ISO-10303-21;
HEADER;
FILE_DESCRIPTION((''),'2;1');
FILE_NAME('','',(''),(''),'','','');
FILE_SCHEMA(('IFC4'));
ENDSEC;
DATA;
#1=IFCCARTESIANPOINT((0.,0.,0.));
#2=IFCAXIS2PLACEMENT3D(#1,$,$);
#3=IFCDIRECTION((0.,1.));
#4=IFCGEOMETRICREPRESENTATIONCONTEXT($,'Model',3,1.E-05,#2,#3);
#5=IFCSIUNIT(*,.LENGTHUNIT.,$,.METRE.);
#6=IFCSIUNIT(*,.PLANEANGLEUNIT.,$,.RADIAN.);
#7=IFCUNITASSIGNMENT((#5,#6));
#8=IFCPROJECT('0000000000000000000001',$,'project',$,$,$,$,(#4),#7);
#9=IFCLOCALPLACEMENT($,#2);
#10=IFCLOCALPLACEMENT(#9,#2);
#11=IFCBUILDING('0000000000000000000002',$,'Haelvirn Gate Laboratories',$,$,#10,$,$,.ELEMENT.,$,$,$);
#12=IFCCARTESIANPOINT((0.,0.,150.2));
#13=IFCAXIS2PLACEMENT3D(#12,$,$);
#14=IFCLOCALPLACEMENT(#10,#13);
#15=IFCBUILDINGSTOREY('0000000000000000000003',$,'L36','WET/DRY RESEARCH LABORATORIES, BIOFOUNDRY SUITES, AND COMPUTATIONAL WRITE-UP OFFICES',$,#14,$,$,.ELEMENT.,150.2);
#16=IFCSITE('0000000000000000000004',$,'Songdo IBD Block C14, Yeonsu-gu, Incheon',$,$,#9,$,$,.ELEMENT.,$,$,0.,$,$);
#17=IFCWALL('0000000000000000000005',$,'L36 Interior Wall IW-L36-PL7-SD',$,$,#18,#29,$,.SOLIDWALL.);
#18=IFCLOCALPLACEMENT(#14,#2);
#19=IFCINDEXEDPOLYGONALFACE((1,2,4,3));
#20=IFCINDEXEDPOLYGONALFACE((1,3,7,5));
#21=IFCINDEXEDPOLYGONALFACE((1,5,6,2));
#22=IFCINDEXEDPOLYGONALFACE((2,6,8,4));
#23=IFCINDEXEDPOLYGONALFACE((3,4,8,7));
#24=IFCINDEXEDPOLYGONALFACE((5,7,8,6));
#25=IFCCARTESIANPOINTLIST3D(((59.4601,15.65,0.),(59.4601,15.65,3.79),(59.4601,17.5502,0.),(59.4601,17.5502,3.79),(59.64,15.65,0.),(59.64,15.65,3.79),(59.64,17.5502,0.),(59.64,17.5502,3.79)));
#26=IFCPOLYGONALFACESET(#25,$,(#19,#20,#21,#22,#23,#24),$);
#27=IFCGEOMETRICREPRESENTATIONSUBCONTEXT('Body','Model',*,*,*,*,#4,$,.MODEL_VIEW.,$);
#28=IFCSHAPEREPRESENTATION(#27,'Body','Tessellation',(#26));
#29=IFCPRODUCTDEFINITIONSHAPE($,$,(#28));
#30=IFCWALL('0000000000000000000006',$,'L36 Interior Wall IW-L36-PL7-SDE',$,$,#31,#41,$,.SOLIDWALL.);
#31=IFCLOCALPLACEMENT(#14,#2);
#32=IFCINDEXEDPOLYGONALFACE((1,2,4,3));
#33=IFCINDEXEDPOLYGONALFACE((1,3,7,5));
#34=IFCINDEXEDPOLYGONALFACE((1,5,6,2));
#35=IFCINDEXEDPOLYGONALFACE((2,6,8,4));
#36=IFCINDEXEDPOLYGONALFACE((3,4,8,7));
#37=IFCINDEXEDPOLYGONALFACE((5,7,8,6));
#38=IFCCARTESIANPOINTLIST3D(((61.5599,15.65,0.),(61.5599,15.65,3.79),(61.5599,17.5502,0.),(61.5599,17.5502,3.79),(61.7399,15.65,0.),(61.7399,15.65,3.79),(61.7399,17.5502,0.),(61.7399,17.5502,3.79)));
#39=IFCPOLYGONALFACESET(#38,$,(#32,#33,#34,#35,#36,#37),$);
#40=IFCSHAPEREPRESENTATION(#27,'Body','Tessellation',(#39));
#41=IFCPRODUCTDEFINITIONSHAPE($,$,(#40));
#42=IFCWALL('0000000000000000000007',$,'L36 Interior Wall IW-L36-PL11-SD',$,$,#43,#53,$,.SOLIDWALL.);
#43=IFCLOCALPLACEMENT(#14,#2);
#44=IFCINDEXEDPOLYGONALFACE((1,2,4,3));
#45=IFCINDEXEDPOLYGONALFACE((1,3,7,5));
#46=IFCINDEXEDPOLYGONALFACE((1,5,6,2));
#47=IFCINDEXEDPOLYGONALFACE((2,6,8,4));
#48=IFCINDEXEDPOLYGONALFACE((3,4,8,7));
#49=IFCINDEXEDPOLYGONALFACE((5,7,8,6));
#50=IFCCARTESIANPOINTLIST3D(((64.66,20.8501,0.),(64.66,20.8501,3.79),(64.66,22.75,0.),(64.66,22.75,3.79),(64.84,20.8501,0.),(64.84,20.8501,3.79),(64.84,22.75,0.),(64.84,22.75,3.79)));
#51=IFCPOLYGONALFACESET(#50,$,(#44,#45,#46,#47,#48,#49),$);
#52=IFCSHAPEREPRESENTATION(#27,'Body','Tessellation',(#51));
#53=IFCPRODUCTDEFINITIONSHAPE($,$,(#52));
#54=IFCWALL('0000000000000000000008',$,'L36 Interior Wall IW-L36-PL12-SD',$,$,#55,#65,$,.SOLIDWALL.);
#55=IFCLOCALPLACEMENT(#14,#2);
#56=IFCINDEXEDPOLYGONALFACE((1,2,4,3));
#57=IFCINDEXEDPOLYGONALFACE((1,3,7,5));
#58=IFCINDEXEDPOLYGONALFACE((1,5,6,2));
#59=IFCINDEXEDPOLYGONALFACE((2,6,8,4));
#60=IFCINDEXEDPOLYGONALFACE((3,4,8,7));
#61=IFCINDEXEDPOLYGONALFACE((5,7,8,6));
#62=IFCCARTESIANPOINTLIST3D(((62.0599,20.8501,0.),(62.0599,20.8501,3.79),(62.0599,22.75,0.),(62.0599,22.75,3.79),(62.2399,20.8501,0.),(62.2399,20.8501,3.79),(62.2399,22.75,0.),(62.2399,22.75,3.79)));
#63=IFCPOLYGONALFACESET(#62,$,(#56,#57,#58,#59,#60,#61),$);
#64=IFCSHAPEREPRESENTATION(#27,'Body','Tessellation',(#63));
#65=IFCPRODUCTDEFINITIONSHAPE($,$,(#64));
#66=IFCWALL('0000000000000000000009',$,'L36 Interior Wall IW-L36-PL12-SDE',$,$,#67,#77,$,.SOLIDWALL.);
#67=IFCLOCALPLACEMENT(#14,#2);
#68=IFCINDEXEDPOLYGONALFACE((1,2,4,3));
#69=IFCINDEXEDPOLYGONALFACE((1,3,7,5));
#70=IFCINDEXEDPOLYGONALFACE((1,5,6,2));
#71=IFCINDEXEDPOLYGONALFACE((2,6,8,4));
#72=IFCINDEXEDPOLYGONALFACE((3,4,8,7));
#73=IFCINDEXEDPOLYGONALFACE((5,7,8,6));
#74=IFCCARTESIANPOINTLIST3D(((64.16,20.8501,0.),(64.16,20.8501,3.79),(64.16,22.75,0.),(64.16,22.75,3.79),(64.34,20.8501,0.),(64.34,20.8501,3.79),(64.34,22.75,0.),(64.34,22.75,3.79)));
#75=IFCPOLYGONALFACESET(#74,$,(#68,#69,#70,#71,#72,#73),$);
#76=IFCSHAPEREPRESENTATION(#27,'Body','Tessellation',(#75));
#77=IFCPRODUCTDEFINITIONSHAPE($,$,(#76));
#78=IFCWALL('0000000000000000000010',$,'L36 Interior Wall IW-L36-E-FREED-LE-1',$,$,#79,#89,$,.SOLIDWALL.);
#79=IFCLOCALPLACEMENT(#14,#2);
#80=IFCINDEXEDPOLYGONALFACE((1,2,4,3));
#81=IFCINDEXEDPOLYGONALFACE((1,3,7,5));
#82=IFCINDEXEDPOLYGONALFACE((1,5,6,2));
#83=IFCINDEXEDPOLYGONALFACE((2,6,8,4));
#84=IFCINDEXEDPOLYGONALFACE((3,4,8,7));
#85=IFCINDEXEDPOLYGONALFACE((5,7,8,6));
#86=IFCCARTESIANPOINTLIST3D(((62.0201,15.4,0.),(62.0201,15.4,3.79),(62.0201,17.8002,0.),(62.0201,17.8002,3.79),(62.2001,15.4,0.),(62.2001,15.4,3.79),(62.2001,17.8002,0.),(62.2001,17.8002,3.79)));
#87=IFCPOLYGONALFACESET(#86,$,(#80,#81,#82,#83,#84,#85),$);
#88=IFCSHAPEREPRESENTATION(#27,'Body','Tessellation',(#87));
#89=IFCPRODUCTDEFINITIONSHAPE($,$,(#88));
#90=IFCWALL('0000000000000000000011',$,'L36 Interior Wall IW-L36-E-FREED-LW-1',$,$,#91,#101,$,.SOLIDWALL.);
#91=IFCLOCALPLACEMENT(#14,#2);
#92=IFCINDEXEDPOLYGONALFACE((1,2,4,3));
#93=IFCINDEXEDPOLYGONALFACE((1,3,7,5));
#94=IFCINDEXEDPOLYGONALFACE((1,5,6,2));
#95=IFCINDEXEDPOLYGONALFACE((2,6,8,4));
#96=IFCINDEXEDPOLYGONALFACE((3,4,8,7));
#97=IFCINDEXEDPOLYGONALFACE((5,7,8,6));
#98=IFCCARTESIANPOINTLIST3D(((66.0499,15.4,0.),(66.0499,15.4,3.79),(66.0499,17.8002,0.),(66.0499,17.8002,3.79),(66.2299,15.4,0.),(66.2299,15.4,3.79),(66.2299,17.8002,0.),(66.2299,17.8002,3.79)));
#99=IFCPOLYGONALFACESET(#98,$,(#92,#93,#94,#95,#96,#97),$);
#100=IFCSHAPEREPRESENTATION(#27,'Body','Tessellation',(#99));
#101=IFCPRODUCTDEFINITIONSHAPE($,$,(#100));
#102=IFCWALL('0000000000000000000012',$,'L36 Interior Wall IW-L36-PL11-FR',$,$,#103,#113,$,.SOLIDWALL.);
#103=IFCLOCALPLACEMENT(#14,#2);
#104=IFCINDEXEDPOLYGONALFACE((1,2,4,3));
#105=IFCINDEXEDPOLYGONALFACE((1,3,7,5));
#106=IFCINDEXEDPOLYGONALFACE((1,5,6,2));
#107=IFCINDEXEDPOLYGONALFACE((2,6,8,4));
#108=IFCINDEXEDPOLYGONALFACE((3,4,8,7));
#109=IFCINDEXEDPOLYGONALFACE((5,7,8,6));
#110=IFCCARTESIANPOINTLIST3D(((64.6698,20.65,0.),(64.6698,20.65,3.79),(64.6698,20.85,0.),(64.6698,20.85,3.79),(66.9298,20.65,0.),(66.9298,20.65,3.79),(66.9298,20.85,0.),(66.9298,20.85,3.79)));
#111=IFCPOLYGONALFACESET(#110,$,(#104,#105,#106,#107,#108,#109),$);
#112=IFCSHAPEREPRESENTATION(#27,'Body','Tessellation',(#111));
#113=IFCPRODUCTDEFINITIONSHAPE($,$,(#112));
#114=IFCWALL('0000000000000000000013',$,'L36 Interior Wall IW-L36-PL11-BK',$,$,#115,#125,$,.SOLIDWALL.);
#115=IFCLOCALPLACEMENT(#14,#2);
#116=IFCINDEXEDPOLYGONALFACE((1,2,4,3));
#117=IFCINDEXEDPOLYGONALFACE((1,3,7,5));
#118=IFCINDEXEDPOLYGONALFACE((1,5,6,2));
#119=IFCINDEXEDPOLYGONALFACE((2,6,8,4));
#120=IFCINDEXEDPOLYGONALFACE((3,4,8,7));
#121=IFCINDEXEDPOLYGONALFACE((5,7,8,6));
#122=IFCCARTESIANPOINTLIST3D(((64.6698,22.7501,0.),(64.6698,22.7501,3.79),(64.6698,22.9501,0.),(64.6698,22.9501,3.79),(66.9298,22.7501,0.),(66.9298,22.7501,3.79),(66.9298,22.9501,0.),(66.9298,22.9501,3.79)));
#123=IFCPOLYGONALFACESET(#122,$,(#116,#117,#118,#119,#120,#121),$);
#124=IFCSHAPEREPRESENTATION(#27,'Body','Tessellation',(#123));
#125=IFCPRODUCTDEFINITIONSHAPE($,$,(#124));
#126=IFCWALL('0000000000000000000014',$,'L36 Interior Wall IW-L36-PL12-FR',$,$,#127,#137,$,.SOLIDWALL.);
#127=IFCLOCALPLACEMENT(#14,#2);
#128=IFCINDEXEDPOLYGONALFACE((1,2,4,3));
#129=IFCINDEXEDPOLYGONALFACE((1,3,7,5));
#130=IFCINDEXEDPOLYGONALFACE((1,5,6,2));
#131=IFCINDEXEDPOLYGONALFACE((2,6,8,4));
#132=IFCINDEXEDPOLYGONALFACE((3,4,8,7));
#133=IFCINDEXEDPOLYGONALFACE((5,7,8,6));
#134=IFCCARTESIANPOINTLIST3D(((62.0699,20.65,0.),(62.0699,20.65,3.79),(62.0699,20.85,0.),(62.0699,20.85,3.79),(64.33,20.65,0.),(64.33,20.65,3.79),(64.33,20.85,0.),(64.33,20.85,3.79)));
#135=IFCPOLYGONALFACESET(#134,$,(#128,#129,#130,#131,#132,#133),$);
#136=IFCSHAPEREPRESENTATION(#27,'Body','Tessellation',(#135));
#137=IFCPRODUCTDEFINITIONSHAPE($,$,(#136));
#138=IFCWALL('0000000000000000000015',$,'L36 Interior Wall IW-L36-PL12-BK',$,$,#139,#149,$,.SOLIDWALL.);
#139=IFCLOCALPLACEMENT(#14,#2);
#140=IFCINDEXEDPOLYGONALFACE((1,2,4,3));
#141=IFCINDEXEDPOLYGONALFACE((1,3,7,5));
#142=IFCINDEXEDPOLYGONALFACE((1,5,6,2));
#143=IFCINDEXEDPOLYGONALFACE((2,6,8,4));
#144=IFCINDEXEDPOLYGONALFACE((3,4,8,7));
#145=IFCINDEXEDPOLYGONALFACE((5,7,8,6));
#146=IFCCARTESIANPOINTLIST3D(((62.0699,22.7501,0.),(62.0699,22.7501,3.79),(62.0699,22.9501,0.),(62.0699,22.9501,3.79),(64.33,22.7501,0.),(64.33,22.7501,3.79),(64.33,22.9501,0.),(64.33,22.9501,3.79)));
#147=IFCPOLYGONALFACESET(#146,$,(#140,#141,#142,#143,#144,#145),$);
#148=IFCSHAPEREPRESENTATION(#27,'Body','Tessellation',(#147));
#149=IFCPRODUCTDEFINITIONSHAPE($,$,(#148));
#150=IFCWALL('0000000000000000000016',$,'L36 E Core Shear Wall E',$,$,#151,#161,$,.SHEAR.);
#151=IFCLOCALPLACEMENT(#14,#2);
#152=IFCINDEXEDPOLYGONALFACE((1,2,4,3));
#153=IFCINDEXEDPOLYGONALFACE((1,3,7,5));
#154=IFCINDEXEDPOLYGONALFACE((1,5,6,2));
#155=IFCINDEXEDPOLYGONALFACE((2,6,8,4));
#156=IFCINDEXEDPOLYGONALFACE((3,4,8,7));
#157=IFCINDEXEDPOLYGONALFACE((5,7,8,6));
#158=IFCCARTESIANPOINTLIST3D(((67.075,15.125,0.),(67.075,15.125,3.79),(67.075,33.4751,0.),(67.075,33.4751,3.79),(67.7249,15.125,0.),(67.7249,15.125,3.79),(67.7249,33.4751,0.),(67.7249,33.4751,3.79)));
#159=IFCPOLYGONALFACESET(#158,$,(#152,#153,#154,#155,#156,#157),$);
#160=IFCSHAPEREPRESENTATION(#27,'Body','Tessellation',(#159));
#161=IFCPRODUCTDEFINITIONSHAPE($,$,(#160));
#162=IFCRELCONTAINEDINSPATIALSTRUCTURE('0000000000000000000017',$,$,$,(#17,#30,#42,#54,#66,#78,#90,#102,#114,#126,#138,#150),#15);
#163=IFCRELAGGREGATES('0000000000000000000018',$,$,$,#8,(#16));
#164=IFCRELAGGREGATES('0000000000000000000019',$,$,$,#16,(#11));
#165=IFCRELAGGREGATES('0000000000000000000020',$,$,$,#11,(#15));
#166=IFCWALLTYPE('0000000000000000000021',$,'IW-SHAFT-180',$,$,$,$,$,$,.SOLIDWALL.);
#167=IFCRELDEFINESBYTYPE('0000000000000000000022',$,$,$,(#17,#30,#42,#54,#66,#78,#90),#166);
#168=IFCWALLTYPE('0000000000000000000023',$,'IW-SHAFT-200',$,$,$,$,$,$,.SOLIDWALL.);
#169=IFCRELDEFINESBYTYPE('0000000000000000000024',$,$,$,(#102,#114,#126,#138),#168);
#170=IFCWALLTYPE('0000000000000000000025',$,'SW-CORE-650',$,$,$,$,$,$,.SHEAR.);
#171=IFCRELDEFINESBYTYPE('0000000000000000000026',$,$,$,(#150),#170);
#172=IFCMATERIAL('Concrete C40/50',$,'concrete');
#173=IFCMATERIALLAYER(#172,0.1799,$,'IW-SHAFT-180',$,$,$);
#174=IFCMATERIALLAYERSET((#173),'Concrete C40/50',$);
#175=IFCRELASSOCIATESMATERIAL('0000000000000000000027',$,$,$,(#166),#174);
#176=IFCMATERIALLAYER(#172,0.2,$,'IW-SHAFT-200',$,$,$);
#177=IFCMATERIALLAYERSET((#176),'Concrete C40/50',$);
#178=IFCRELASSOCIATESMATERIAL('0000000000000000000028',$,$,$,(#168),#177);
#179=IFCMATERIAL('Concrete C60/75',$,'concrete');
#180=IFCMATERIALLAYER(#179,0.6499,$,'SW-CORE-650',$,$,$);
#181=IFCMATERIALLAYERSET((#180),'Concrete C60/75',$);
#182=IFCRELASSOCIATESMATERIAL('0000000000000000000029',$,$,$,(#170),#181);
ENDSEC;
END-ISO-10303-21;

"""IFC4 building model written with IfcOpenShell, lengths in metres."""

from ifc_helpers import new_model, si_unit, direction, frame, frame_2d, origin, place, context, subcontext, project, spatial, rectangle, extrude, material, layer, layer_set, type_object, element, save


model = new_model("IFC4")

# Units and contexts
model_context = context("Model", 3, precision=1e-05, world=origin(), true_north=direction((0.0, 1.0)))
body_context = subcontext(model_context, "Body", "Model", "MODEL_VIEW")
ifc_project = project(units=[si_unit("LENGTHUNIT", "METRE"), si_unit("PLANEANGLEUNIT", "RADIAN")], contexts=[model_context])

# Site, building, storey
site_placement = place(None, origin())
site = spatial("IfcSite", under=ifc_project, at=site_placement, Name="Songdo IBD Block C14, Yeonsu-gu, Incheon", CompositionType="ELEMENT", RefElevation=0.0)
building_placement = place(site_placement, origin())
building = spatial("IfcBuilding", under=site, at=building_placement, Name="Haelvirn Gate Laboratories", CompositionType="ELEMENT")
storey_placement = place(building_placement, frame((0.0, 0.0, 150.2)))
storey = spatial("IfcBuildingStorey", under=building, at=storey_placement, Name="L36", Description="WET/DRY RESEARCH LABORATORIES, BIOFOUNDRY SUITES, AND COMPUTATIONAL WRITE-UP OFFICES", CompositionType="ELEMENT", Elevation=150.2)

# Shared definitions
ifc_material_1 = material(Name="Concrete C60/75", Category="concrete")

# Walls
ifc_material_2 = material(Name="Concrete C40/50", Category="concrete")
ifc_layer_1 = layer(ifc_material_2, 0.1799, Name="IW-SHAFT-180")
ifc_layer_set_1 = layer_set([ifc_layer_1], Name="Concrete C40/50")
wall_type_1 = type_object("IfcWallType", Name="IW-SHAFT-180", PredefinedType="SOLIDWALL", material=ifc_layer_set_1)
for number, where, z_axis, x_axis, name in (
    (1, (59.55, 15.6499, 0.0), (0.0, 0.0, 1.0), (0.0, 1.0, 0.0), "L36 Interior Wall IW-L36-PL7-SD"),
    (2, (61.6499, 15.6499, 0.0), (0.0, 0.0, 1.0), (0.0, 1.0, 0.0), "L36 Interior Wall IW-L36-PL7-SDE"),
):
    element("IfcWall", number, at=place(storey_placement, frame(where, z_axis=z_axis, x_axis=x_axis)), inside=storey, type_object=wall_type_1, Name=name, PredefinedType="SOLIDWALL", context=body_context, shape_type="SweptSolid", body=[
        extrude(rectangle(XDim=1.9001, YDim=0.1799, at=frame_2d((0.9502, 0.0))), origin(), (0.0, 0.0, 1.0), 3.79),
    ])
for number, where, z_axis, x_axis, name in (
    (3, (64.75, 20.8501, 0.0), (0.0, 0.0, 1.0), (0.0, 1.0, 0.0), "L36 Interior Wall IW-L36-PL11-SD"),
    (4, (62.1499, 20.8501, 0.0), (0.0, 0.0, 1.0), (0.0, 1.0, 0.0), "L36 Interior Wall IW-L36-PL12-SD"),
    (5, (64.25, 20.8501, 0.0), (0.0, 0.0, 1.0), (0.0, 1.0, 0.0), "L36 Interior Wall IW-L36-PL12-SDE"),
):
    element("IfcWall", number, at=place(storey_placement, frame(where, z_axis=z_axis, x_axis=x_axis)), inside=storey, type_object=wall_type_1, Name=name, PredefinedType="SOLIDWALL", context=body_context, shape_type="SweptSolid", body=[
        extrude(rectangle(XDim=1.8999, YDim=0.1799, at=frame_2d((0.95, 0.0))), origin(), (0.0, 0.0, 1.0), 3.79),
    ])

# Walls
for number, where, z_axis, x_axis, name in (
    (6, (62.1101, 15.3999, 0.0), (0.0, 0.0, 1.0), (0.0, 1.0, 0.0), "L36 Interior Wall IW-L36-E-FREED-LE-1"),
    (7, (66.1399, 15.3999, 0.0), (0.0, 0.0, 1.0), (0.0, 1.0, 0.0), "L36 Interior Wall IW-L36-E-FREED-LW-1"),
):
    element("IfcWall", number, at=place(storey_placement, frame(where, z_axis=z_axis, x_axis=x_axis)), inside=storey, type_object=wall_type_1, Name=name, PredefinedType="SOLIDWALL", context=body_context, shape_type="SweptSolid", body=[
        extrude(rectangle(XDim=2.4001, YDim=0.1799, at=frame_2d((1.2002, 0.0))), origin(), (0.0, 0.0, 1.0), 3.79),
    ])
ifc_layer_2 = layer(ifc_material_2, 0.2, Name="IW-SHAFT-200")
ifc_layer_set_2 = layer_set([ifc_layer_2], Name="Concrete C40/50")
wall_type_2 = type_object("IfcWallType", Name="IW-SHAFT-200", PredefinedType="SOLIDWALL", material=ifc_layer_set_2)
for number, where, z_axis, x_axis, name in (
    (8, (64.6699, 20.75, 0.0), (0.0, 0.0, 1.0), (1.0, 0.0, 0.0), "L36 Interior Wall IW-L36-PL11-FR"),
    (9, (64.6699, 22.8501, 0.0), (0.0, 0.0, 1.0), (1.0, 0.0, 0.0), "L36 Interior Wall IW-L36-PL11-BK"),
    (10, (62.0701, 20.75, 0.0), (0.0, 0.0, 1.0), (1.0, 0.0, 0.0), "L36 Interior Wall IW-L36-PL12-FR"),
    (11, (62.0701, 22.8501, 0.0), (0.0, 0.0, 1.0), (1.0, 0.0, 0.0), "L36 Interior Wall IW-L36-PL12-BK"),
):
    element("IfcWall", number, at=place(storey_placement, frame(where, z_axis=z_axis, x_axis=x_axis)), inside=storey, type_object=wall_type_2, Name=name, PredefinedType="SOLIDWALL", context=body_context, shape_type="SweptSolid", body=[
        extrude(rectangle(XDim=2.26, YDim=0.2, at=frame_2d((1.1299, 0.0))), origin(), (0.0, 0.0, 1.0), 3.79),
    ])
ifc_layer_3 = layer(ifc_material_1, 0.6499, Name="SW-CORE-650")
ifc_layer_set_3 = layer_set([ifc_layer_3], Name="Concrete C60/75")
wall_type_3 = type_object("IfcWallType", Name="SW-CORE-650", PredefinedType="SHEAR", material=ifc_layer_set_3)
wall_1_placement = place(storey_placement, frame((67.3999, 15.125, 0.0), z_axis=(0.0, 0.0, 1.0), x_axis=(0.0, 1.0, 0.0)))
element("IfcWall", 12, at=wall_1_placement, inside=storey, type_object=wall_type_3, Name="L36 E Core Shear Wall E", PredefinedType="SHEAR", context=body_context, shape_type="SweptSolid", body=[
    extrude(rectangle(XDim=18.3501, YDim=0.6499, at=frame_2d((9.175, 0.0))), origin(), (0.0, 0.0, 1.0), 3.79),
])

save(model, "model.ifc")
